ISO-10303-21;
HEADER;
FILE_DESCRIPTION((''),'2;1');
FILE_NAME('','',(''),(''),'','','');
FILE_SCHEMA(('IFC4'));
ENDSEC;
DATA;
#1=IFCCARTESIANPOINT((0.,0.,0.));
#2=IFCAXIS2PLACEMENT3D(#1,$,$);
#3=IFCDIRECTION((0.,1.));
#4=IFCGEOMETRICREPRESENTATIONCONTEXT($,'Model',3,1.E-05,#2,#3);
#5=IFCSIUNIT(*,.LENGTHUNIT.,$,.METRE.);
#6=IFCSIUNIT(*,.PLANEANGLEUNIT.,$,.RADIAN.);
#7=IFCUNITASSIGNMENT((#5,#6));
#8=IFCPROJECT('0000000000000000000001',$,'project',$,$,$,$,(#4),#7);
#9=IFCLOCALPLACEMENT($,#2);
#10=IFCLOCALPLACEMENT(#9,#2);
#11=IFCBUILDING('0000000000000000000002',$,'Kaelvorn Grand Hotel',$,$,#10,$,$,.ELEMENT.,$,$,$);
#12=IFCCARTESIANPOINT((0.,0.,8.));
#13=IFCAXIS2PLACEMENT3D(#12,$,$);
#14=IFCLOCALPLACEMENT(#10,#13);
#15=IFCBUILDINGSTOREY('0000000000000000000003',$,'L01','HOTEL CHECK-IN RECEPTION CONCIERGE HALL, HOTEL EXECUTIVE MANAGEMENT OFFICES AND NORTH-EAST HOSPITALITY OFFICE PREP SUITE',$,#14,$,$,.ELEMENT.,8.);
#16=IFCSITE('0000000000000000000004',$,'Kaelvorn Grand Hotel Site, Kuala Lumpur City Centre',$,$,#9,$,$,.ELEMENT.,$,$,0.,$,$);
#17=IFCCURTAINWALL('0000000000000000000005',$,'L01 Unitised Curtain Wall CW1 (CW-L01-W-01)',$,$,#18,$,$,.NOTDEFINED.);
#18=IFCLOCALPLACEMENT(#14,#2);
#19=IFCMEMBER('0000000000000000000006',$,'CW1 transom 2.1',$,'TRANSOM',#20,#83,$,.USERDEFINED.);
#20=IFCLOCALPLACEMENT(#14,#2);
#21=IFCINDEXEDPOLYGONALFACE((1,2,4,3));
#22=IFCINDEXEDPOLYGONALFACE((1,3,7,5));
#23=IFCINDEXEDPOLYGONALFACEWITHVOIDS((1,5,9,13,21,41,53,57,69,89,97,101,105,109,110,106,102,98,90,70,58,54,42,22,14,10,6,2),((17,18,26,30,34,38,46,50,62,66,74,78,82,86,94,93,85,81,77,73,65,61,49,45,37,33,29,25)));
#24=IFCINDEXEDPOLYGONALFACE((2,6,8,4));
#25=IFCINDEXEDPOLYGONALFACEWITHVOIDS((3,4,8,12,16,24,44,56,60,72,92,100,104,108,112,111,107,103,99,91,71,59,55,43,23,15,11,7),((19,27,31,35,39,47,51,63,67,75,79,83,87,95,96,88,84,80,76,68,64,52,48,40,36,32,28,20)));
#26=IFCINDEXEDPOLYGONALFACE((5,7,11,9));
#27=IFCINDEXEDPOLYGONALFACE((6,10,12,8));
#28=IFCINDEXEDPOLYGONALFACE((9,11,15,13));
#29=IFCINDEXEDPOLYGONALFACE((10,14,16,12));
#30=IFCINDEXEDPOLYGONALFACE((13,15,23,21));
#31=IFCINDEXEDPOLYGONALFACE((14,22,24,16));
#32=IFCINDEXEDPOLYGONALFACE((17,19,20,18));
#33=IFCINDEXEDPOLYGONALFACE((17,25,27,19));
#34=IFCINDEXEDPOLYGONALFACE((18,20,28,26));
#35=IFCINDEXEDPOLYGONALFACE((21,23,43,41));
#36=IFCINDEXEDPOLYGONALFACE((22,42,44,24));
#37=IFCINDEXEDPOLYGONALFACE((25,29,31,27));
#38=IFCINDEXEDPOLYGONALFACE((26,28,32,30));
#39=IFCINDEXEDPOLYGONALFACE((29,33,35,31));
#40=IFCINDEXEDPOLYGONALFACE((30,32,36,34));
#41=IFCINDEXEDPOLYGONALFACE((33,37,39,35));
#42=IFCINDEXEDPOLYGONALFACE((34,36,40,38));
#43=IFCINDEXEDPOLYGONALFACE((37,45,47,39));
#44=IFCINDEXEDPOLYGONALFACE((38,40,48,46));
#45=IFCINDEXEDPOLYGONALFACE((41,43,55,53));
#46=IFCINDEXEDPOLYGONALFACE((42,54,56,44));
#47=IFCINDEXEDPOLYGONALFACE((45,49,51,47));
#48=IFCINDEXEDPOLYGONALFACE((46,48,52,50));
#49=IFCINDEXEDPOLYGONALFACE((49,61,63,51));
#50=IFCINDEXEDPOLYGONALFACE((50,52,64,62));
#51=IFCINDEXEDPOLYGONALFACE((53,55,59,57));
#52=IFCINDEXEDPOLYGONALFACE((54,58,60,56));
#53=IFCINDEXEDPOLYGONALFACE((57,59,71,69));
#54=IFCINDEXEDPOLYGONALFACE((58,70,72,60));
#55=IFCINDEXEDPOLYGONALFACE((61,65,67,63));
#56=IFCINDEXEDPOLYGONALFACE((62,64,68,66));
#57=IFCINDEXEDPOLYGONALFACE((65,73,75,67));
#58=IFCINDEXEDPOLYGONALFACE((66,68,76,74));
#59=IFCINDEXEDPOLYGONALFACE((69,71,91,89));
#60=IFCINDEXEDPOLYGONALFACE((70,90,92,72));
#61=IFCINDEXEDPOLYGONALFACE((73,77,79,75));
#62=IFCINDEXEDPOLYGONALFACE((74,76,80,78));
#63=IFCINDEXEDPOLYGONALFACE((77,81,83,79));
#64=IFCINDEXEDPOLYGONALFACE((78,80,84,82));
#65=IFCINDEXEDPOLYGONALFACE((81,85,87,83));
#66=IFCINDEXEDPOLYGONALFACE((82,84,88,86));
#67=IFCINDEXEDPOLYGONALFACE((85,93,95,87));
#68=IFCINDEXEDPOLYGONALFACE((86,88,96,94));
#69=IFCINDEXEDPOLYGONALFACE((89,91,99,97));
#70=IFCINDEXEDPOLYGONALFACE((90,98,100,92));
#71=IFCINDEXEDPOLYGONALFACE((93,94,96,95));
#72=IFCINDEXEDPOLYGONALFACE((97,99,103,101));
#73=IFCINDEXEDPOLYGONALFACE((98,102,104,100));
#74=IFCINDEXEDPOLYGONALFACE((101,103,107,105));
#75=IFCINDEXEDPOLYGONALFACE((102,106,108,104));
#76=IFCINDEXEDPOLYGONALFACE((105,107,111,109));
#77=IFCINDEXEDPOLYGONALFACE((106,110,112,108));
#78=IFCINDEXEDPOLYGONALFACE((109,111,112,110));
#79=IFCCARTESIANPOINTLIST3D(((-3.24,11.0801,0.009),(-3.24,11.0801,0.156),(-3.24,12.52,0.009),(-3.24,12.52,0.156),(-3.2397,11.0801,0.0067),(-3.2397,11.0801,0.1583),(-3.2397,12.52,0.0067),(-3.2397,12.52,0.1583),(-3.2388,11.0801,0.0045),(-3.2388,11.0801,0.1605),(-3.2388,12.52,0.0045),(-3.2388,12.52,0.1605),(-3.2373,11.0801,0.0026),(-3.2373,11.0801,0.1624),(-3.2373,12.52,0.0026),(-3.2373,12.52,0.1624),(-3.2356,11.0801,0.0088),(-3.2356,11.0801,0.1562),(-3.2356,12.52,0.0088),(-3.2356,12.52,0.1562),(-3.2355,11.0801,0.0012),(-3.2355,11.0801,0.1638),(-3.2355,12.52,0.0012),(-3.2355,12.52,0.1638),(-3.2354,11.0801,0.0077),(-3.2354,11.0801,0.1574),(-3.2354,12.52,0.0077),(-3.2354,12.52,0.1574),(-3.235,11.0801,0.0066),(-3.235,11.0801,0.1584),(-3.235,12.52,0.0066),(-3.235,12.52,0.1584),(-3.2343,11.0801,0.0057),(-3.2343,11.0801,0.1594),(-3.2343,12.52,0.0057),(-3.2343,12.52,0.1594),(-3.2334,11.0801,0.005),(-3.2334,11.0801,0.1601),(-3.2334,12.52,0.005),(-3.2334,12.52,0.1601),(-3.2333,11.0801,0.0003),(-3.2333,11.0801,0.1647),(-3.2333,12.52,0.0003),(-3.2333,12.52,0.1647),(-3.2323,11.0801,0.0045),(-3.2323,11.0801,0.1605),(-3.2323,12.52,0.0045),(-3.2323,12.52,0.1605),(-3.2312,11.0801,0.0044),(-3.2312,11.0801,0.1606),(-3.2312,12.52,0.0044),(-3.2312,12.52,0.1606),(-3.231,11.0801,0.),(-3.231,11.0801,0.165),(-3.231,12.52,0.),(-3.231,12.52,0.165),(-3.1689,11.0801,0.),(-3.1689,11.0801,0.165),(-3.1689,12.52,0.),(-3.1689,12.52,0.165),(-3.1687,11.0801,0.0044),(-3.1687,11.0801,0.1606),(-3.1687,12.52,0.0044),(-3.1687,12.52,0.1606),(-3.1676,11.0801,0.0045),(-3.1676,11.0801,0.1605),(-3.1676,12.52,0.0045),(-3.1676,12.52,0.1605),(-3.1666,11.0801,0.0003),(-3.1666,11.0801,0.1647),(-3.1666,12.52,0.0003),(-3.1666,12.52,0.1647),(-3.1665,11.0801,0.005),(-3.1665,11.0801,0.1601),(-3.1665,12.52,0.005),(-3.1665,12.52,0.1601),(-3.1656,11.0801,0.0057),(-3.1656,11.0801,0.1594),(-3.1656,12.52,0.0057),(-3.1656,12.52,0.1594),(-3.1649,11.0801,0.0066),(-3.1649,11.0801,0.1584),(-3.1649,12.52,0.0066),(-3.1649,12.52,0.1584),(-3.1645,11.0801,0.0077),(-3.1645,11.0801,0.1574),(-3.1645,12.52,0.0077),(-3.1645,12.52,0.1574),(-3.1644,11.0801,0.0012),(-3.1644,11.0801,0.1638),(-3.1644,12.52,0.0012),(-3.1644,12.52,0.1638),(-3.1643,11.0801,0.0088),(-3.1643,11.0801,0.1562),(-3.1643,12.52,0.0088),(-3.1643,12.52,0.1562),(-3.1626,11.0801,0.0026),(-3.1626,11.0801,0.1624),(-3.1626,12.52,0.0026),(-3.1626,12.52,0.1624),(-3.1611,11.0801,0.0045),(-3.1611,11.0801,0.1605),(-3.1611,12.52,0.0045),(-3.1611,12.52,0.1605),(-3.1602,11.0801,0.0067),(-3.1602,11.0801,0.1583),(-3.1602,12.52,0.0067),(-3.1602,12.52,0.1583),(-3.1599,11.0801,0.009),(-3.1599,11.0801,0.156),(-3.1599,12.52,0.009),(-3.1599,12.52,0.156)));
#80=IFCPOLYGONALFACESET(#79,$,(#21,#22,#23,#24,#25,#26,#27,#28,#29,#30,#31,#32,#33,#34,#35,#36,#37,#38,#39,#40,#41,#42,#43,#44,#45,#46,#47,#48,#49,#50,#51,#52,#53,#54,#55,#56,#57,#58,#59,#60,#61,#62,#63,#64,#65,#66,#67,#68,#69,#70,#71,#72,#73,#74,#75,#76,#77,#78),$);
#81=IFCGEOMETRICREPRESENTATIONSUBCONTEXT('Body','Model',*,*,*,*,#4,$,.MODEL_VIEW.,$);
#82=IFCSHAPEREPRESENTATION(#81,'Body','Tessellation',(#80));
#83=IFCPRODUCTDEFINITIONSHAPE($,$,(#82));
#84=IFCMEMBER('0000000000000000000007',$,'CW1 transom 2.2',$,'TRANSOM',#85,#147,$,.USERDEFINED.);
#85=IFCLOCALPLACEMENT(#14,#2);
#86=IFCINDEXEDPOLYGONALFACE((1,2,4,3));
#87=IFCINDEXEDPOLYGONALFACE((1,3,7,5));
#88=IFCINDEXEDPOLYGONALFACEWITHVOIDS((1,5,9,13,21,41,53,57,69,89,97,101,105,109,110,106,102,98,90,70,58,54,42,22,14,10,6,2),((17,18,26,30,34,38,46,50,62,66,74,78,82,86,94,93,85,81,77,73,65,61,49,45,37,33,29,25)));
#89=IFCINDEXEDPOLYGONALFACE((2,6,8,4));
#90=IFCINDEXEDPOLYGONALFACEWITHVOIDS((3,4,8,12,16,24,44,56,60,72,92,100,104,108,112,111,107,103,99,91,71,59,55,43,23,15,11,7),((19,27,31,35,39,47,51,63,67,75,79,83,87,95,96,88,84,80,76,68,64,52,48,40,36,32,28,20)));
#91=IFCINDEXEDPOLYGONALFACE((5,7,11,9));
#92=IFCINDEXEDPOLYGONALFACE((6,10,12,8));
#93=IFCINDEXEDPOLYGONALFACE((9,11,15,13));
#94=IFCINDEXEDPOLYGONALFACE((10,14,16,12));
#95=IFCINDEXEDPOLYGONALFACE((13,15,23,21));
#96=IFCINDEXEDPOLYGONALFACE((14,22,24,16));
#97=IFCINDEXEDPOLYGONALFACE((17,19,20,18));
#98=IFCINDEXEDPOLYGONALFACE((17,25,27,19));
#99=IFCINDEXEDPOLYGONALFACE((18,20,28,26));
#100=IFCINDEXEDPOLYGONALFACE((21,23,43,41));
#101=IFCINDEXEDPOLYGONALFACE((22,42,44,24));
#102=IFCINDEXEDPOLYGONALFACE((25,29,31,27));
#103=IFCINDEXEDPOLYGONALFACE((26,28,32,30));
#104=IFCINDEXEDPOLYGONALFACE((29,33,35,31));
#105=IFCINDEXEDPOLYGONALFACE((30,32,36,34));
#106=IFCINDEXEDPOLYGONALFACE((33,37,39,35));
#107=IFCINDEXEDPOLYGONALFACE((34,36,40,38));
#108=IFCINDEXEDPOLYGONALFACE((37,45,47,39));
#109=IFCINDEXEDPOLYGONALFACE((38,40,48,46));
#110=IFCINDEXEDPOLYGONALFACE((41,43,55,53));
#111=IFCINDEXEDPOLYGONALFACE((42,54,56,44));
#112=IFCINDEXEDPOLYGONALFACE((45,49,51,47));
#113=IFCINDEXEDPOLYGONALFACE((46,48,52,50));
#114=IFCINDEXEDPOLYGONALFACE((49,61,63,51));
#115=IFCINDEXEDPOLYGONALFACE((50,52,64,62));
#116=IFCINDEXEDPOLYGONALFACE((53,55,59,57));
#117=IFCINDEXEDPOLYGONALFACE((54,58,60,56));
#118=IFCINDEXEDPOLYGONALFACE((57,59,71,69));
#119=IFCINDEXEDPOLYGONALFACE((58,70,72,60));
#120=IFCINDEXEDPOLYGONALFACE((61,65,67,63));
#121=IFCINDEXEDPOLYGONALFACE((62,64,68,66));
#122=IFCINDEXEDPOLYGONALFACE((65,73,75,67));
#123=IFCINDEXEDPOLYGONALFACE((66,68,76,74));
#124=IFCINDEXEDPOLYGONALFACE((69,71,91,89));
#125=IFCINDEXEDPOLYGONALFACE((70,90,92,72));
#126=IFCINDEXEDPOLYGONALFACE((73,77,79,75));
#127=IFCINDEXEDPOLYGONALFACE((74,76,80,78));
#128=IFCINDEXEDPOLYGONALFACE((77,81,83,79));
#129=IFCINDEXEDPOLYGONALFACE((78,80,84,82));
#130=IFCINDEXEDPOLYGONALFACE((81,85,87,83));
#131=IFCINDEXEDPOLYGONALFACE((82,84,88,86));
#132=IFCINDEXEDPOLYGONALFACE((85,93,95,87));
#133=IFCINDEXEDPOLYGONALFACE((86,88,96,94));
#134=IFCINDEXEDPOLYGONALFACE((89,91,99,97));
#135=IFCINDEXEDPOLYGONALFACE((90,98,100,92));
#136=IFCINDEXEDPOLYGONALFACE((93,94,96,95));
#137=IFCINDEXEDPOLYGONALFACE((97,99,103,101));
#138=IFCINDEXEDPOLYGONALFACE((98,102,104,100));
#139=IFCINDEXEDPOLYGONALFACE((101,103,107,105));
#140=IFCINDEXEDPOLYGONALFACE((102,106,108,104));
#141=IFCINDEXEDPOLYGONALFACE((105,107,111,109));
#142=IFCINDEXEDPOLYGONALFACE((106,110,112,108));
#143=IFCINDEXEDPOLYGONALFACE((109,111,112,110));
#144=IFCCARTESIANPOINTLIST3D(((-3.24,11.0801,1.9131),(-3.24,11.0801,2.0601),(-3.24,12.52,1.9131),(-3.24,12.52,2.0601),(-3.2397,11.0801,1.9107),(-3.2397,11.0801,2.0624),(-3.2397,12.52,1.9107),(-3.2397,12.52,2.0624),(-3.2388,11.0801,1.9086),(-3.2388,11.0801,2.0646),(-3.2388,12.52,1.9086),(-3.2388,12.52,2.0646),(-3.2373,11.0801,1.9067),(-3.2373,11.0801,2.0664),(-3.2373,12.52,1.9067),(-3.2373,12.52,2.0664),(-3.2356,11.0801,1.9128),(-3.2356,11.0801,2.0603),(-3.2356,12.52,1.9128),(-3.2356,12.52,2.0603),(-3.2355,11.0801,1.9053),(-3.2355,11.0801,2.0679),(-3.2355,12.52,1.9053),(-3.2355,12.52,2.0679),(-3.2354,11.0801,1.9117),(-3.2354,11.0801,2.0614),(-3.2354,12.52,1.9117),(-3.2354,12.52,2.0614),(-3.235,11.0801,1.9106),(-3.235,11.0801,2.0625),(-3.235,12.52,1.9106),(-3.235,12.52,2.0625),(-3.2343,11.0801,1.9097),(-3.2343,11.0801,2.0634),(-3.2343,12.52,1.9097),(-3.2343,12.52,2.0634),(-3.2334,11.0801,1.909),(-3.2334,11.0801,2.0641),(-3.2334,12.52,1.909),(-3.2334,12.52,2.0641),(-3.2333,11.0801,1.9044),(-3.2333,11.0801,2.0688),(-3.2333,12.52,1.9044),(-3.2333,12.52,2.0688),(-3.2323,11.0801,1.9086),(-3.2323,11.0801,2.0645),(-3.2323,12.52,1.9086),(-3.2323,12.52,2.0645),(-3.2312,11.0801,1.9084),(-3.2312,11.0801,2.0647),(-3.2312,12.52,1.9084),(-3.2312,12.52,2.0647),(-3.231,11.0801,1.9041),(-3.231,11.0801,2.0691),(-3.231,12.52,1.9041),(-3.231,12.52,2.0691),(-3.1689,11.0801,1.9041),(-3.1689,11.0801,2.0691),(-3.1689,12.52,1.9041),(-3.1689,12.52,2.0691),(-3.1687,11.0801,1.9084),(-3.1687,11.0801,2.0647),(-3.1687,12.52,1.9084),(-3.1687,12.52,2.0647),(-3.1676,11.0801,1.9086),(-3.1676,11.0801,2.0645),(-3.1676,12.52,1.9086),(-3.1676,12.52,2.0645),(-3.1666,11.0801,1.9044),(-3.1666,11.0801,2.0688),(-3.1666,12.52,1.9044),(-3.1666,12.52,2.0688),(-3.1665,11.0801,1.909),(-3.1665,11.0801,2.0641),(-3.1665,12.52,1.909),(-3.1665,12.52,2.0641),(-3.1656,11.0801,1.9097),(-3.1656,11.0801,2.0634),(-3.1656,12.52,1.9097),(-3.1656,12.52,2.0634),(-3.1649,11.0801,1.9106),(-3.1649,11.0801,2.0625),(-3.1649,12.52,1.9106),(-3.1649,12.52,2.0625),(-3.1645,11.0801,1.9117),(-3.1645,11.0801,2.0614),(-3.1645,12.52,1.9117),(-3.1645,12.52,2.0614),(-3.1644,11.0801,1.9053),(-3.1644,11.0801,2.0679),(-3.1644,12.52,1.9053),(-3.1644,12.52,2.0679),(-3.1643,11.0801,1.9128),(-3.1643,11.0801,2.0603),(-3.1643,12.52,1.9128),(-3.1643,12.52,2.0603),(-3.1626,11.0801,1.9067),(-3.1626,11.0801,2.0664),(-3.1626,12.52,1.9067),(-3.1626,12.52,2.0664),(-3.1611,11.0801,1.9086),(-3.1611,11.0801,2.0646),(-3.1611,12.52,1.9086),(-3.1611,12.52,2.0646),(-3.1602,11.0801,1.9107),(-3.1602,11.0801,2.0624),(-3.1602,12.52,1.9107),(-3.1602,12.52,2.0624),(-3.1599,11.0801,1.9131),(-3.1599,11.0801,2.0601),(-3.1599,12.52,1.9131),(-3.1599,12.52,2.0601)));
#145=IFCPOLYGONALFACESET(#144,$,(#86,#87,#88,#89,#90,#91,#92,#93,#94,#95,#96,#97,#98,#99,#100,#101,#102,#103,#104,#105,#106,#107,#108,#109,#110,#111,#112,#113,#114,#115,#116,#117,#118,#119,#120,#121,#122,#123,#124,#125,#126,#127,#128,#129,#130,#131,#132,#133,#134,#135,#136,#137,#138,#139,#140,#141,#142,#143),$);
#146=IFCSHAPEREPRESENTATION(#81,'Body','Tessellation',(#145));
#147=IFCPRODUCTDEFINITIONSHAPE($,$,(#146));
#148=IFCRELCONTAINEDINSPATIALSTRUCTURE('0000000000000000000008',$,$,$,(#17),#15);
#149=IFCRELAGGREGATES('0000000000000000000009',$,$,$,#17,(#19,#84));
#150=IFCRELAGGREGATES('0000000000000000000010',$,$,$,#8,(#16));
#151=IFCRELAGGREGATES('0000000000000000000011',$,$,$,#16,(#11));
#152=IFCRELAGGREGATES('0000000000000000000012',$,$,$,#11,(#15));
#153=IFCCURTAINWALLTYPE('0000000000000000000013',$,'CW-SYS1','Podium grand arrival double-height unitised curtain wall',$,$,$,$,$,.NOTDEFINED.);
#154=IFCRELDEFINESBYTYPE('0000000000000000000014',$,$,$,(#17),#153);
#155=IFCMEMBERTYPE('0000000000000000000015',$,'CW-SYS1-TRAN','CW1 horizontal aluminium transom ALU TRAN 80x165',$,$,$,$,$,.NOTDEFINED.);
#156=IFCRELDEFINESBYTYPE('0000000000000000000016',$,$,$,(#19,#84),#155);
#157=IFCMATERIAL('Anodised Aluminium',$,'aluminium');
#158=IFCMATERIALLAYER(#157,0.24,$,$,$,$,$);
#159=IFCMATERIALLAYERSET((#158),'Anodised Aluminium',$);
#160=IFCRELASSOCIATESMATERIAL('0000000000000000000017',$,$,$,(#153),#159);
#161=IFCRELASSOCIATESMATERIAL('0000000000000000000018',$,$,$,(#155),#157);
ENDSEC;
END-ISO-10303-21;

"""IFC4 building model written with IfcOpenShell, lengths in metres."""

from ifc_helpers import new_model, si_unit, direction, frame, origin, origin_2d, place, context, subcontext, project, spatial, hollow_rectangle, extrude, material, layer, layer_set, material_profile, profile_set, type_object, element, aggregate, save


model = new_model("IFC4")

# Units and contexts
model_context = context("Model", 3, precision=1e-05, world=origin(), true_north=direction((0.0, 1.0)))
body_context = subcontext(model_context, "Body", "Model", "MODEL_VIEW")
ifc_project = project(units=[si_unit("LENGTHUNIT", "METRE"), si_unit("PLANEANGLEUNIT", "RADIAN")], contexts=[model_context])

# Site, building, storey
site_placement = place(None, origin())
site = spatial("IfcSite", under=ifc_project, at=site_placement, Name="Kaelvorn Grand Hotel Site, Kuala Lumpur City Centre", CompositionType="ELEMENT", RefElevation=0.0)
building_placement = place(site_placement, origin())
building = spatial("IfcBuilding", under=site, at=building_placement, Name="Kaelvorn Grand Hotel", CompositionType="ELEMENT")
storey_placement = place(building_placement, frame((0.0, 0.0, 8.0)))
storey = spatial("IfcBuildingStorey", under=building, at=storey_placement, Name="L01", Description="HOTEL CHECK-IN RECEPTION CONCIERGE HALL, HOTEL EXECUTIVE MANAGEMENT OFFICES AND NORTH-EAST HOSPITALITY OFFICE PREP SUITE", CompositionType="ELEMENT", Elevation=8.0)

# Curtain wall, members
ifc_material_1 = material(Name="Anodised Aluminium", Category="aluminium")
ifc_layer_1 = layer(ifc_material_1, 0.24)
ifc_layer_set_1 = layer_set([ifc_layer_1], Name="Anodised Aluminium")
curtain_wall_type = type_object("IfcCurtainWallType", Name="CW-SYS1", Description="Podium grand arrival double-height unitised curtain wall", PredefinedType="NOTDEFINED", material=ifc_layer_set_1)
curtain_wall_placement = place(storey_placement, origin())
curtain_wall = element("IfcCurtainWall", 1, at=curtain_wall_placement, inside=storey, type_object=curtain_wall_type, Name="L01 Unitised Curtain Wall CW1 (CW-L01-W-01)", PredefinedType="NOTDEFINED")
ifc_material_profile_1 = material_profile(ifc_material_1, hollow_rectangle(XDim=0.0801, YDim=0.165, WallThickness=0.0044, InnerFilletRadius=0.0044, OuterFilletRadius=0.009, at=origin_2d()), Name="ALU TRAN 80x165")
ifc_profile_set_1 = profile_set([ifc_material_profile_1], Name="Anodised Aluminium")
member_type_1 = type_object("IfcMemberType", Name="CW-SYS1-TRAN", Description="CW1 horizontal aluminium transom ALU TRAN 80x165", PredefinedType="NOTDEFINED", material=ifc_profile_set_1)
member_1_placement = place(storey_placement, frame((-3.2, 12.52, 0.0825), z_axis=(0.0, -1.0, 0.0), x_axis=(1.0, 0.0, 0.0)))
member_1 = element("IfcMember", 2, at=member_1_placement, type_object=member_type_1, Name="CW1 transom 2.1", ObjectType="TRANSOM", PredefinedType="USERDEFINED", context=body_context, shape_type="SweptSolid", body=[
    extrude(hollow_rectangle(XDim=0.0801, YDim=0.165, WallThickness=0.0044, InnerFilletRadius=0.0044, OuterFilletRadius=0.009, at=origin_2d()), origin(), (0.0, 0.0, 1.0), 1.4399),
])
member_2_placement = place(storey_placement, frame((-3.2, 12.52, 1.9866), z_axis=(0.0, -1.0, 0.0), x_axis=(1.0, 0.0, 0.0)))
member_2 = element("IfcMember", 3, at=member_2_placement, type_object=member_type_1, Name="CW1 transom 2.2", ObjectType="TRANSOM", PredefinedType="USERDEFINED", context=body_context, shape_type="SweptSolid", body=[
    extrude(hollow_rectangle(XDim=0.0801, YDim=0.165, WallThickness=0.0044, InnerFilletRadius=0.0044, OuterFilletRadius=0.009, at=origin_2d()), origin(), (0.0, 0.0, 1.0), 1.4399),
])
aggregate(curtain_wall, [member_1, member_2])

save(model, "model.ifc")
